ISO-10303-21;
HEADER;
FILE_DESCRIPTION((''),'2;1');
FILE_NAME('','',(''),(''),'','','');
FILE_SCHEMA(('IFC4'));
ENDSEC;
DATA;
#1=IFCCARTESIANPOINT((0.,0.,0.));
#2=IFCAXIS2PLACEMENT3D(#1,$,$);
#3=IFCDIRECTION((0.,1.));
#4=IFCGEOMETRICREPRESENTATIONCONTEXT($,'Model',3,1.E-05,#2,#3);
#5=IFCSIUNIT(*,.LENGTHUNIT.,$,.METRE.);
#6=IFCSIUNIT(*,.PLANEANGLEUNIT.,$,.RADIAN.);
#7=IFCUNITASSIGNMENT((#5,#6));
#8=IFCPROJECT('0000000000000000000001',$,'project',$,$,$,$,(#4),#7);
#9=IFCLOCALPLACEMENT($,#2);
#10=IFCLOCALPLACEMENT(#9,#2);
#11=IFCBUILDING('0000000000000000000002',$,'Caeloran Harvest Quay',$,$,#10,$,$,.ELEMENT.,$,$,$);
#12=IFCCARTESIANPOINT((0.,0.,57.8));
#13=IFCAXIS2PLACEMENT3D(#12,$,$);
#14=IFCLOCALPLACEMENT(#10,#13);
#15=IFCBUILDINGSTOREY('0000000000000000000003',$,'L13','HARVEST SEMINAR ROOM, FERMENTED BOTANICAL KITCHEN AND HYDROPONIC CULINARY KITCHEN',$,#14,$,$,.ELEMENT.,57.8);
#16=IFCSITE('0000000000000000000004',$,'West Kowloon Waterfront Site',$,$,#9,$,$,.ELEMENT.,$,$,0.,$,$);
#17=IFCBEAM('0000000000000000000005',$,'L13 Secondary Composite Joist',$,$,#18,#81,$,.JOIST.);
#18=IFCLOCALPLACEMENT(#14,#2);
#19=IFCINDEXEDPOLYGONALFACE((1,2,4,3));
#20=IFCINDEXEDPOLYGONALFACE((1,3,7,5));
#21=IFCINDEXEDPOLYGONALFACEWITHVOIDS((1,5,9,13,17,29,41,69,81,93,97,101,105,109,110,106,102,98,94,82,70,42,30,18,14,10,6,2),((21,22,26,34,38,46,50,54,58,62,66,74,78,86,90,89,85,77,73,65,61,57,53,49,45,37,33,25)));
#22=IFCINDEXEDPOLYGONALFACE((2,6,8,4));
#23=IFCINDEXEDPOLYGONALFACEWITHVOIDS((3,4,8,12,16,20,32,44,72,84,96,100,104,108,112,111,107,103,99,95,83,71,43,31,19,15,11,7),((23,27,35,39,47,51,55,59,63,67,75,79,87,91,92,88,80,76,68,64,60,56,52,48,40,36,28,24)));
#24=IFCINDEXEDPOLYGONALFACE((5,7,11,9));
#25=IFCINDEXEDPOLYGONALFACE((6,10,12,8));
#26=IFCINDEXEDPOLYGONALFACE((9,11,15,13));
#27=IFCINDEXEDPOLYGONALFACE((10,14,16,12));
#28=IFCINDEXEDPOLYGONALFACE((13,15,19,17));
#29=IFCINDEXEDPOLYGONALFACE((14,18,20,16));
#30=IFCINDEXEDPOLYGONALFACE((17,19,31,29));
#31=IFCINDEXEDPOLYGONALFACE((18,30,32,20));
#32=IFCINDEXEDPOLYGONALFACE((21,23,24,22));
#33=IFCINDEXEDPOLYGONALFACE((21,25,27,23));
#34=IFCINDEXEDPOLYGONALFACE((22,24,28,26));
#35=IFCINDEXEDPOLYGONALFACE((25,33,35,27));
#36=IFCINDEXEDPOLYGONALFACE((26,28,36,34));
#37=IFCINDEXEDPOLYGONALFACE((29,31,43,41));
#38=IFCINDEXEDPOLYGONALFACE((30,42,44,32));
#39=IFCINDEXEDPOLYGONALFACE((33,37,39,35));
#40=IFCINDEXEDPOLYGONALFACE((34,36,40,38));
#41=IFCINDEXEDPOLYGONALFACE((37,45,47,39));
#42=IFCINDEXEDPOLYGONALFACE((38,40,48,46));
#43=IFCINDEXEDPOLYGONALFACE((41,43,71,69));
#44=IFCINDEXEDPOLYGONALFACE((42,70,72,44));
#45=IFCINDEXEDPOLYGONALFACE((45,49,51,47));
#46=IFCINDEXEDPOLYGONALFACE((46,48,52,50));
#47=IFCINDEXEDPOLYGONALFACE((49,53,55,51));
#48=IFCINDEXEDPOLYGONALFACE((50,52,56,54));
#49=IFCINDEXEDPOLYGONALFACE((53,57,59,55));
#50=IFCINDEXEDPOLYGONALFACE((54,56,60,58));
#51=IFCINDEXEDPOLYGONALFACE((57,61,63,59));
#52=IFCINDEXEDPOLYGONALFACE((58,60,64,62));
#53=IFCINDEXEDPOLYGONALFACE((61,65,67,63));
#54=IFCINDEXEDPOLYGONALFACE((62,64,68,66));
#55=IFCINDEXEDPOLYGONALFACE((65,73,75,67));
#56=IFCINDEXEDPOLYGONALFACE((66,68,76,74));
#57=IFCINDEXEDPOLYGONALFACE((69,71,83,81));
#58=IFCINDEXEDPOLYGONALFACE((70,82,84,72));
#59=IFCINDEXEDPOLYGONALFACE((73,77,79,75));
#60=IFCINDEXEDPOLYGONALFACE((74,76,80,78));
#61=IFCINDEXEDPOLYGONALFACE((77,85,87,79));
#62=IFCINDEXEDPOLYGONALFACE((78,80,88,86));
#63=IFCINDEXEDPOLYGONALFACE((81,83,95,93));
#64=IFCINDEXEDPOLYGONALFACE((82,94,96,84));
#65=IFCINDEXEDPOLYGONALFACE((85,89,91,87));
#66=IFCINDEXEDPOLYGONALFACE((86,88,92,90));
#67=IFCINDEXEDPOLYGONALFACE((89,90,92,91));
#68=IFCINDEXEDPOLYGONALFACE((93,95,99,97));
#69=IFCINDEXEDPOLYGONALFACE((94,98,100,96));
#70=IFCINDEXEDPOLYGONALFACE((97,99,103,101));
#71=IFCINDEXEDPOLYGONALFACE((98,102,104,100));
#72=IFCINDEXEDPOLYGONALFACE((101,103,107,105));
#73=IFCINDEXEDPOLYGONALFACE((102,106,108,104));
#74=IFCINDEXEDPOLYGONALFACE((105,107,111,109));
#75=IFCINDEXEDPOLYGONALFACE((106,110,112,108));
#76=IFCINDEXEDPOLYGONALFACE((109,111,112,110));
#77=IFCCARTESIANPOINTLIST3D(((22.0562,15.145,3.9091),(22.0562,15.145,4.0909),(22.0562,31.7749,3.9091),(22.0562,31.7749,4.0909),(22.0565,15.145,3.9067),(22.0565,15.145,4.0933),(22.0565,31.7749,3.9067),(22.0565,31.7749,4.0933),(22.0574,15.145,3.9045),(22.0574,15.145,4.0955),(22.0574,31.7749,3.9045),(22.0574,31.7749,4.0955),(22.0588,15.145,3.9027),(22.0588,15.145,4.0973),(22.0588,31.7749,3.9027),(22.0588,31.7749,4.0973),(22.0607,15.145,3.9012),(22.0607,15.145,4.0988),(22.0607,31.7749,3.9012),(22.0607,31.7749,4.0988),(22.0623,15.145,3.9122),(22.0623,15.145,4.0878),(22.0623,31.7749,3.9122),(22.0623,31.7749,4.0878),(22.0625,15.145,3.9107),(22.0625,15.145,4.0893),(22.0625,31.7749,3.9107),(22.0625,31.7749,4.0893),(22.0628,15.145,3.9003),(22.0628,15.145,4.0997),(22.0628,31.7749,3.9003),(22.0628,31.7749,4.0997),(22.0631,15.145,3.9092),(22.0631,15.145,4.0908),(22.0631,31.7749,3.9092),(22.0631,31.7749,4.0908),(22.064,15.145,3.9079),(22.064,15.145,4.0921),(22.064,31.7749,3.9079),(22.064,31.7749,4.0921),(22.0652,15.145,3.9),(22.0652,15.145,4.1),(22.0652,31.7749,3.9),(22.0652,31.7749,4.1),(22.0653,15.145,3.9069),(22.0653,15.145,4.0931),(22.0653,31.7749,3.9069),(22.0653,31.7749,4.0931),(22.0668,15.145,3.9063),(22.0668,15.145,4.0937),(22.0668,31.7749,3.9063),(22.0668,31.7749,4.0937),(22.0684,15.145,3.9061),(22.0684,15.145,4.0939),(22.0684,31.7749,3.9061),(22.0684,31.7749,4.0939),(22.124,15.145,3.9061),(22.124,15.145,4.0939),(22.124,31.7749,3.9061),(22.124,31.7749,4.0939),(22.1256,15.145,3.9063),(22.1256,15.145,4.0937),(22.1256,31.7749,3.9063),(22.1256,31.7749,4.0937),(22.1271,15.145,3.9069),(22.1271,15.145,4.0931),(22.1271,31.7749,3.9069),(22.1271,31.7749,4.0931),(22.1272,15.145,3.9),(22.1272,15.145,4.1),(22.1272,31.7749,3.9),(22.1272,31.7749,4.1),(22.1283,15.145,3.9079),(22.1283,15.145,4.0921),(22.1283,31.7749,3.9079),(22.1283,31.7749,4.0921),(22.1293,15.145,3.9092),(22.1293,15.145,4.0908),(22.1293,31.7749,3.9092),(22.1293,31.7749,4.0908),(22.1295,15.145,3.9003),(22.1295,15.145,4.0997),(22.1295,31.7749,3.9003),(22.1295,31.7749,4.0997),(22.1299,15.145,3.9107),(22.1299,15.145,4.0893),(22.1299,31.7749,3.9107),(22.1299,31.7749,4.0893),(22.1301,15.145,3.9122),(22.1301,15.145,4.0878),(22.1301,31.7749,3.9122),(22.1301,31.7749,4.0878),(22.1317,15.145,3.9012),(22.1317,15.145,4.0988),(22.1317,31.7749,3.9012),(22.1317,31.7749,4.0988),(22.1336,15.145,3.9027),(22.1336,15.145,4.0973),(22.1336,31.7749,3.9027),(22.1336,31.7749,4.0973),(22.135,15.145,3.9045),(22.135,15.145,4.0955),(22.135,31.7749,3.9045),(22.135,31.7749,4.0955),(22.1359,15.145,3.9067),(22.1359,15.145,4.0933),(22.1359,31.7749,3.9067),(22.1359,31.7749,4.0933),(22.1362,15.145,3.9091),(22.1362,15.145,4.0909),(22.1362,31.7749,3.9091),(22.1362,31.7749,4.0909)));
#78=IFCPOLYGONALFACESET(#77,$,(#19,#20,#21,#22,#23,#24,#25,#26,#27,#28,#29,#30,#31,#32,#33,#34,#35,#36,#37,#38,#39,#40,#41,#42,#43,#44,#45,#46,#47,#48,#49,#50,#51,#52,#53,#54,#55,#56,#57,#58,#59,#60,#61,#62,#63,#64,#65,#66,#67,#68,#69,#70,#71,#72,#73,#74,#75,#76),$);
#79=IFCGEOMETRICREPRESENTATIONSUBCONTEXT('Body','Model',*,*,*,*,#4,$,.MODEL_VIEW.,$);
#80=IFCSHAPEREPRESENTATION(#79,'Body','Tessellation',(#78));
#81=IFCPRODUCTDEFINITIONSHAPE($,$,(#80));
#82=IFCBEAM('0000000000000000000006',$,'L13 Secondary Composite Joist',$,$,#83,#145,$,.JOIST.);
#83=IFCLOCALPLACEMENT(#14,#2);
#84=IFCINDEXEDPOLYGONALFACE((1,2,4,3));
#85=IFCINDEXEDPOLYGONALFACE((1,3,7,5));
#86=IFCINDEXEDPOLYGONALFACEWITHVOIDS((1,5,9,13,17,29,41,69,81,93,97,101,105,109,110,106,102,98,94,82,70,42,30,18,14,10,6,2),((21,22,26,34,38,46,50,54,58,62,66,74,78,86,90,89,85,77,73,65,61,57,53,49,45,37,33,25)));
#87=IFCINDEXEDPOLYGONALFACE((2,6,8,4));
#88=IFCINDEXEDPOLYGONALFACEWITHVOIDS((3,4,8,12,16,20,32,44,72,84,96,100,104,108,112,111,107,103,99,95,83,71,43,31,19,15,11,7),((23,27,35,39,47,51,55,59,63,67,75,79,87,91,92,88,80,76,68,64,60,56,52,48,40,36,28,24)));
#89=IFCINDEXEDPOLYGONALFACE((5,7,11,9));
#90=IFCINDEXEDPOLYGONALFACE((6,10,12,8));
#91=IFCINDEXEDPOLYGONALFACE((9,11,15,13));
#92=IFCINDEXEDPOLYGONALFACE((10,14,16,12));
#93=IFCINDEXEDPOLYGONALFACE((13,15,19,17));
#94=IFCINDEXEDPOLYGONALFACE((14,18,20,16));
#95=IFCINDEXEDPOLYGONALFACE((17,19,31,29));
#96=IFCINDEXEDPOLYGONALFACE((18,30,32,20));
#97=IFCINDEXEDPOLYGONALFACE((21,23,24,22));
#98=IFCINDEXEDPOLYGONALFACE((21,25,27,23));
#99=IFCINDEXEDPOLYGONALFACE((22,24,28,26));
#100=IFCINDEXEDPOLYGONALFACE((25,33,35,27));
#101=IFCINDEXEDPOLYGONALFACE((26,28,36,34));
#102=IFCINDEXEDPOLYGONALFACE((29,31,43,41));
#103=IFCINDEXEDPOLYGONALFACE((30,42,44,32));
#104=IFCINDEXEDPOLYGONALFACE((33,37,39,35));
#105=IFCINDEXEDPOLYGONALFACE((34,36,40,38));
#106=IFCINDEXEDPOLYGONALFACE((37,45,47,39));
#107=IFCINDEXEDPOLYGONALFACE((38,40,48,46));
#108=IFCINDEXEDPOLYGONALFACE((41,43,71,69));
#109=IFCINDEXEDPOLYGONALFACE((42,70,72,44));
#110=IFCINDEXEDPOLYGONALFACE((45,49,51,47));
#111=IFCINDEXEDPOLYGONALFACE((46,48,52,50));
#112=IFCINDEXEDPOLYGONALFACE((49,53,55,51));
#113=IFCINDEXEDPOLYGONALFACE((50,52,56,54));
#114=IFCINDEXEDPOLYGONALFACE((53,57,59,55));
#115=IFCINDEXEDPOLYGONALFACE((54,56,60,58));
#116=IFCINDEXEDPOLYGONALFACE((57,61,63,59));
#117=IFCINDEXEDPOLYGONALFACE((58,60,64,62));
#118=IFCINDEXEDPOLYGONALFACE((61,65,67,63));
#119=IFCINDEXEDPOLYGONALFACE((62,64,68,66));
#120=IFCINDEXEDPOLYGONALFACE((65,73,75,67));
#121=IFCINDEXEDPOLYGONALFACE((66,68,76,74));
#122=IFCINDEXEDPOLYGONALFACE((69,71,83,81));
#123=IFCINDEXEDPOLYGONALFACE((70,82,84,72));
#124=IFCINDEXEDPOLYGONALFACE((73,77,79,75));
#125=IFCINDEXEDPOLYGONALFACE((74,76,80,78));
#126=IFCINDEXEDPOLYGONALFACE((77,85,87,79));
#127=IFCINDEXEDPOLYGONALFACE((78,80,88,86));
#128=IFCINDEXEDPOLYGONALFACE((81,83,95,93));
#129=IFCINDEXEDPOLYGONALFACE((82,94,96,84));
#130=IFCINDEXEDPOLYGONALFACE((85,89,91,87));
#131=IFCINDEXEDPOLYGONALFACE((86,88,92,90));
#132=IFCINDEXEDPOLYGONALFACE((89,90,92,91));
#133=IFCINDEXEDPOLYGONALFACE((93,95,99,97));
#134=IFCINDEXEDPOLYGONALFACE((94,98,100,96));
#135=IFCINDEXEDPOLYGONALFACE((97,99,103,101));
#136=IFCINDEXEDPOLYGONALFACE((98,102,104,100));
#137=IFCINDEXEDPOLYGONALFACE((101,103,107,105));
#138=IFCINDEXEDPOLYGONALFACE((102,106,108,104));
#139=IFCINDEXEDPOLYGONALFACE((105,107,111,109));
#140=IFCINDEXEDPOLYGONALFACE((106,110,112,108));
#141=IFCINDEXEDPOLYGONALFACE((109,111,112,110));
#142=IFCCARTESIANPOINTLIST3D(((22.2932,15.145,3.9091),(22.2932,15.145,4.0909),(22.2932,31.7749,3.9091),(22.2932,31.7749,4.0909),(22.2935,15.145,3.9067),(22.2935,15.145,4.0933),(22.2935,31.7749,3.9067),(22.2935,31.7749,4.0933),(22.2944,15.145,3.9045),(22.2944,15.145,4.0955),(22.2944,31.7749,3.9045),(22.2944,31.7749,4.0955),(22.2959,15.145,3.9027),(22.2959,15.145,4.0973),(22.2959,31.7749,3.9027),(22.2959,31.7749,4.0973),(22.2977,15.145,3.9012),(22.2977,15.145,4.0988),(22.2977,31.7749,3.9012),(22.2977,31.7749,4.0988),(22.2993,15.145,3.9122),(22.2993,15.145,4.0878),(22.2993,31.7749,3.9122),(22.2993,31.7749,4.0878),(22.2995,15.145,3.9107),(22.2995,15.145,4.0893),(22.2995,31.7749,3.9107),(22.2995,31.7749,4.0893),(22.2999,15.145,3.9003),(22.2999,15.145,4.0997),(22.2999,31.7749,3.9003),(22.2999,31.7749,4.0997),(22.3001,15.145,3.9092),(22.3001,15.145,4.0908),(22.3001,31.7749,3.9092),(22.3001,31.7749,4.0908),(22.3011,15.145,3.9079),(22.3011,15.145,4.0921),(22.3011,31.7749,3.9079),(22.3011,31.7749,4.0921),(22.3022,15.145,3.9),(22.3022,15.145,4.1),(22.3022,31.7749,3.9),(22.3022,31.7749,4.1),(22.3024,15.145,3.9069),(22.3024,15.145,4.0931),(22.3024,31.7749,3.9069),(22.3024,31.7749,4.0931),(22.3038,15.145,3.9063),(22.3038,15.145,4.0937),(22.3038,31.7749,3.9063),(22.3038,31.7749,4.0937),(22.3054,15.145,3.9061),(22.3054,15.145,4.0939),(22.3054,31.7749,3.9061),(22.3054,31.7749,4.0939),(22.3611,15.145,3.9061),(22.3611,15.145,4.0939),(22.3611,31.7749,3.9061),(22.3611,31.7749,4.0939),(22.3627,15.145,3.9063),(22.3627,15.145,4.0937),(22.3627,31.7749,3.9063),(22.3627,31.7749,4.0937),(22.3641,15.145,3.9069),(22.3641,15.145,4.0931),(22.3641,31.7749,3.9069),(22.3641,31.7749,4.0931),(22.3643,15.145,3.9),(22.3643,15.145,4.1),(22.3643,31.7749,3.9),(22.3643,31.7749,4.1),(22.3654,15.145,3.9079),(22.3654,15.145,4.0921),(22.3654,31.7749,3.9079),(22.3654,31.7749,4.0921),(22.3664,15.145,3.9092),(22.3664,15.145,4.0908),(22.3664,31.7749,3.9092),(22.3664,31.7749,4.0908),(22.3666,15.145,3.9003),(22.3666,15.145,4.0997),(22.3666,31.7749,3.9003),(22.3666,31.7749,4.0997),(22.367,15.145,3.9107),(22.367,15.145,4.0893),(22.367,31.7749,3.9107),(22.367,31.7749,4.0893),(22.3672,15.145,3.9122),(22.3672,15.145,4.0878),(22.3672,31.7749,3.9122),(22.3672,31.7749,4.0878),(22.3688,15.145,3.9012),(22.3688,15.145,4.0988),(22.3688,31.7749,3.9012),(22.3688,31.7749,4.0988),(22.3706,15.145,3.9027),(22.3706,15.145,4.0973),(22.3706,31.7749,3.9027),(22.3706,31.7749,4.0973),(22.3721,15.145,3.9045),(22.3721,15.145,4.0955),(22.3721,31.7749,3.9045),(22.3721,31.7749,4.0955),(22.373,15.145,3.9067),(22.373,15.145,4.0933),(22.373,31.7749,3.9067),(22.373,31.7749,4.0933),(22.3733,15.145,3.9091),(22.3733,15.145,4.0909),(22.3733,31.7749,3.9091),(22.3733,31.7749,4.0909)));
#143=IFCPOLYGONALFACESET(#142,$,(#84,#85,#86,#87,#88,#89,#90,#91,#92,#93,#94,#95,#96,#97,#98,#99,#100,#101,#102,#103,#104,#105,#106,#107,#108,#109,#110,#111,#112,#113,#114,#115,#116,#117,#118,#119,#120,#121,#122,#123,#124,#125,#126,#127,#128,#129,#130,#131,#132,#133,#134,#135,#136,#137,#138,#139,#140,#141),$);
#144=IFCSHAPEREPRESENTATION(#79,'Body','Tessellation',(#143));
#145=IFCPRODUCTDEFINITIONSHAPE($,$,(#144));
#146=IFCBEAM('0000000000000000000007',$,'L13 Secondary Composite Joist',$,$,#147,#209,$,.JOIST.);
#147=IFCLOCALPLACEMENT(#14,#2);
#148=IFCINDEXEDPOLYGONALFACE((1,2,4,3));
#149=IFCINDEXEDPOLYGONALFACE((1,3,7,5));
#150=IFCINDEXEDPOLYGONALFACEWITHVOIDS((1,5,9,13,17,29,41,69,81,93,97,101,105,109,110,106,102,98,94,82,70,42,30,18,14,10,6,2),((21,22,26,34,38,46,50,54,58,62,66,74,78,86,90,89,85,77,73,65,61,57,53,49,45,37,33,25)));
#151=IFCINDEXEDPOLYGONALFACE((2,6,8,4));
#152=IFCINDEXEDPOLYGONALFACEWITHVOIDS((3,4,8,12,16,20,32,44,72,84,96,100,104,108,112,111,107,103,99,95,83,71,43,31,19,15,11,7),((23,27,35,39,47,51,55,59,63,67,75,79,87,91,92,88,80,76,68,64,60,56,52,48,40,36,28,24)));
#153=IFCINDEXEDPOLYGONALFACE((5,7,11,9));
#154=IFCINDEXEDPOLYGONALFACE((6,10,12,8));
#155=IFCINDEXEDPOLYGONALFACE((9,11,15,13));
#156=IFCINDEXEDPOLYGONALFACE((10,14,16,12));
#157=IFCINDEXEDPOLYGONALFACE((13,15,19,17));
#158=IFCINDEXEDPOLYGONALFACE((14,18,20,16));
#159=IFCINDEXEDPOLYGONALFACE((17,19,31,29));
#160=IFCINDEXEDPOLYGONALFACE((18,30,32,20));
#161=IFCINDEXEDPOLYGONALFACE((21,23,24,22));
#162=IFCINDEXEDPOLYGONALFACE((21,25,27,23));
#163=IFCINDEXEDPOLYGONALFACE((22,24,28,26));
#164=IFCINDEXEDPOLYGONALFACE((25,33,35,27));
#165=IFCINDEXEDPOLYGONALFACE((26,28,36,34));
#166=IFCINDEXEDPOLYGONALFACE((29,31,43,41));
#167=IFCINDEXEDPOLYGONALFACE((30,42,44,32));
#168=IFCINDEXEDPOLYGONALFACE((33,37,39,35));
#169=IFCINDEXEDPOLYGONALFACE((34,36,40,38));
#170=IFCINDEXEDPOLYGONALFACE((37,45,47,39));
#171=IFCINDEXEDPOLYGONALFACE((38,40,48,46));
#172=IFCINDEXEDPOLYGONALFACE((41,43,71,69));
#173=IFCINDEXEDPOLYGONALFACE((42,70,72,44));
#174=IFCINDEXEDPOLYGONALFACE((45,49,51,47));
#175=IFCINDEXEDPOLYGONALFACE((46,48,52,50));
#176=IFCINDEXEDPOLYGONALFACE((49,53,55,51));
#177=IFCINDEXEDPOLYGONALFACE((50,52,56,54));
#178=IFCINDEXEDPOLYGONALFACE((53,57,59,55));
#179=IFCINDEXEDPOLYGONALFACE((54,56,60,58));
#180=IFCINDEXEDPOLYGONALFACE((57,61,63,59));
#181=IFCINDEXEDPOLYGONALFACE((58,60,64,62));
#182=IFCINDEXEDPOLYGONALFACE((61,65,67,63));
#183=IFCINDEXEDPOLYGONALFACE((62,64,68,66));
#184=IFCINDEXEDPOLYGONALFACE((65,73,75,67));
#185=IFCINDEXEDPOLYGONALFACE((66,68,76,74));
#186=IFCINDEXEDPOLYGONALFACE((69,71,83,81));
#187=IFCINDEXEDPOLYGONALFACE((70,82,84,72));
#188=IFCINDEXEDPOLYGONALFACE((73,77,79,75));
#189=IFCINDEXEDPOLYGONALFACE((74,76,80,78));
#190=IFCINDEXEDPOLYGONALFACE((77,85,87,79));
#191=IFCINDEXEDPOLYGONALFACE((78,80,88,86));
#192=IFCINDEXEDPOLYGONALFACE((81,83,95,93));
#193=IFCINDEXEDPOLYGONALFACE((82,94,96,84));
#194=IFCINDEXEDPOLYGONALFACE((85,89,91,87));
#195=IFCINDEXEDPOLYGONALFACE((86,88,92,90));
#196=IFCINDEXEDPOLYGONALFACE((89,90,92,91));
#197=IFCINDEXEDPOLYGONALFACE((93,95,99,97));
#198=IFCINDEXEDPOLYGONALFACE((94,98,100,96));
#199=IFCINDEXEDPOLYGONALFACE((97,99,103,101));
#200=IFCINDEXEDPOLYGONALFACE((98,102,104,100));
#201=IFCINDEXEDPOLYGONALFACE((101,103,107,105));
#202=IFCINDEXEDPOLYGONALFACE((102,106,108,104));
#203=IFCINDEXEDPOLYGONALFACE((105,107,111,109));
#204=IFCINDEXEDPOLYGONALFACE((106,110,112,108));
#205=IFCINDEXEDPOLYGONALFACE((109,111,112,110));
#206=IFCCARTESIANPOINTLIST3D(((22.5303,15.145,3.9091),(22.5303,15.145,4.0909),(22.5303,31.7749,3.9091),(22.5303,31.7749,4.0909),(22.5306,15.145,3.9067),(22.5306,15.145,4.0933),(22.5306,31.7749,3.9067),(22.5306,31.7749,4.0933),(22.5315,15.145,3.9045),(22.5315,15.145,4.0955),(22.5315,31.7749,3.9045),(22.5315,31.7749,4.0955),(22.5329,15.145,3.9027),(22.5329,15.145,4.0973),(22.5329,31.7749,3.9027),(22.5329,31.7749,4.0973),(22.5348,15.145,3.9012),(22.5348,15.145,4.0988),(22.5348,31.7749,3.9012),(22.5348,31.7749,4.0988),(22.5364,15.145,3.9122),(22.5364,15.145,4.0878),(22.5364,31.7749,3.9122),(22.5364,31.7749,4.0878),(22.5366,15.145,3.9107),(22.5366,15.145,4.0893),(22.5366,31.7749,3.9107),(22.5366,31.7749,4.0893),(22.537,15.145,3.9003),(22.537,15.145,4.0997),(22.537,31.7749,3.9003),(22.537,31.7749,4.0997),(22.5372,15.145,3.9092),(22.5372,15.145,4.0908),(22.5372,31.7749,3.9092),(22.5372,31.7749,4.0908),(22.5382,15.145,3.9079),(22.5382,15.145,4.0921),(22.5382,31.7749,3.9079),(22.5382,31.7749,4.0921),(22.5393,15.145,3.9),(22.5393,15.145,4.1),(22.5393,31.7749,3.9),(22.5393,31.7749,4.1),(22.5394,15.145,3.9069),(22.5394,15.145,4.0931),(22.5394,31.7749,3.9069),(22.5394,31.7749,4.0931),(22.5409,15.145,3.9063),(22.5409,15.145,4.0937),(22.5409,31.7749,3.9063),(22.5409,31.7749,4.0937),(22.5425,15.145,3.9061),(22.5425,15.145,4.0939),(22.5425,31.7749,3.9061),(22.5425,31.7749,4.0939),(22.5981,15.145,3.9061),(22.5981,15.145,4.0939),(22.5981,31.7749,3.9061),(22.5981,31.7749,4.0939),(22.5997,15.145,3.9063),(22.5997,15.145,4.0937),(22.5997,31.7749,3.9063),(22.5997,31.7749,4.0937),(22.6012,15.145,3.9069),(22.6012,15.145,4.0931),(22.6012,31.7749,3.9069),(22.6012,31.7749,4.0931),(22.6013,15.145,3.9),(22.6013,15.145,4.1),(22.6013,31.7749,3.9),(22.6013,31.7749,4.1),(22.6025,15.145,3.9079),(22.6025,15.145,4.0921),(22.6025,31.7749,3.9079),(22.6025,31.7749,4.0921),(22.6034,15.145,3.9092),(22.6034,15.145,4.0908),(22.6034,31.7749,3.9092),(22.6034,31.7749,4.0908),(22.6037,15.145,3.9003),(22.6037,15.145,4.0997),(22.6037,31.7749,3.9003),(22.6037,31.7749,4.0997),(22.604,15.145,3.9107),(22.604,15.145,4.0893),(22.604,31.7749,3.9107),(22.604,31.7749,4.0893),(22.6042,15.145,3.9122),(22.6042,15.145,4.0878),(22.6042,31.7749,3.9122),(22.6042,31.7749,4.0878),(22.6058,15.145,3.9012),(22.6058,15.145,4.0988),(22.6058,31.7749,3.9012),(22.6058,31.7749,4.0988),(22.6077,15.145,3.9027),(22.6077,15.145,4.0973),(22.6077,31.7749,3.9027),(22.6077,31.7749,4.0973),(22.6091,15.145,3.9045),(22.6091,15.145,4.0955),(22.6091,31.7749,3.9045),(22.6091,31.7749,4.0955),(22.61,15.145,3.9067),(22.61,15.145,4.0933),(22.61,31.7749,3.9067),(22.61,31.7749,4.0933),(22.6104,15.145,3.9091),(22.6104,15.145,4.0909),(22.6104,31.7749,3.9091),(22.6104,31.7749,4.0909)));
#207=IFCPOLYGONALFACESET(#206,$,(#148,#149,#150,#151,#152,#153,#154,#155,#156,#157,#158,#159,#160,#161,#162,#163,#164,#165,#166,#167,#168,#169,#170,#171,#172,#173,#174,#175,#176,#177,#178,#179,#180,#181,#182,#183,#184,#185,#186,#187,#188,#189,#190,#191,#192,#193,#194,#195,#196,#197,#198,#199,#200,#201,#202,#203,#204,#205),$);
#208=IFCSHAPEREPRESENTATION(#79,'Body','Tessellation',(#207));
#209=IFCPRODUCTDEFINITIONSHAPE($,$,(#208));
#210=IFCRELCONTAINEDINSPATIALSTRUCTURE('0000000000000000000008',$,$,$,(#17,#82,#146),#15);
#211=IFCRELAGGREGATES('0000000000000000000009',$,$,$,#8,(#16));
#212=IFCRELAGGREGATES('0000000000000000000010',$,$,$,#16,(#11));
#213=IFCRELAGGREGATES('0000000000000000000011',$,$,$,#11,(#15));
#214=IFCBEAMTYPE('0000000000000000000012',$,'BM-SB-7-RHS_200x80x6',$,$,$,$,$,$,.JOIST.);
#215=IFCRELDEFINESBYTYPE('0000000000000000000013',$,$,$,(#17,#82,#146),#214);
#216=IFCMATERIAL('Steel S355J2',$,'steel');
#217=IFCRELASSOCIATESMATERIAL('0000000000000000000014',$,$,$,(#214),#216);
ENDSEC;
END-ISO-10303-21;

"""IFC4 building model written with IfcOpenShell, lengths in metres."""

from ifc_helpers import new_model, si_unit, direction, frame, origin, origin_2d, place, context, subcontext, project, spatial, hollow_rectangle, extrude, material, material_profile, profile_set, type_object, element, save


model = new_model("IFC4")

# Units and contexts
model_context = context("Model", 3, precision=1e-05, world=origin(), true_north=direction((0.0, 1.0)))
body_context = subcontext(model_context, "Body", "Model", "MODEL_VIEW")
ifc_project = project(units=[si_unit("LENGTHUNIT", "METRE"), si_unit("PLANEANGLEUNIT", "RADIAN")], contexts=[model_context])

# Site, building, storey
site_placement = place(None, origin())
site = spatial("IfcSite", under=ifc_project, at=site_placement, Name="West Kowloon Waterfront Site", CompositionType="ELEMENT", RefElevation=0.0)
building_placement = place(site_placement, origin())
building = spatial("IfcBuilding", under=site, at=building_placement, Name="Caeloran Harvest Quay", CompositionType="ELEMENT")
storey_placement = place(building_placement, frame((0.0, 0.0, 57.8)))
storey = spatial("IfcBuildingStorey", under=building, at=storey_placement, Name="L13", Description="HARVEST SEMINAR ROOM, FERMENTED BOTANICAL KITCHEN AND HYDROPONIC CULINARY KITCHEN", CompositionType="ELEMENT", Elevation=57.8)

# Beams
ifc_material_1 = material(Name="Steel S355J2", Category="steel")
ifc_material_profile_1 = material_profile(ifc_material_1, hollow_rectangle(XDim=0.0801, YDim=0.2, WallThickness=0.0061, InnerFilletRadius=0.0061, OuterFilletRadius=0.009, at=origin_2d()), Name="RHS 200x80x6")
ifc_profile_set_1 = profile_set([ifc_material_profile_1], Name="Steel S355J2")
beam_type_1 = type_object("IfcBeamType", Name="BM-SB-7-RHS_200x80x6", PredefinedType="JOIST", material=ifc_profile_set_1)
for number, where, z_axis, x_axis, name in (
    (1, (22.0962, 15.145, 4.0), (0.0, 1.0, 0.0), (-1.0, 0.0, 0.0), "L13 Secondary Composite Joist"),
    (2, (22.3333, 15.145, 4.0), (0.0, 1.0, 0.0), (-1.0, 0.0, 0.0), "L13 Secondary Composite Joist"),
    (3, (22.5703, 15.145, 4.0), (0.0, 1.0, 0.0), (-1.0, 0.0, 0.0), "L13 Secondary Composite Joist"),
):
    element("IfcBeam", number, at=place(storey_placement, frame(where, z_axis=z_axis, x_axis=x_axis)), inside=storey, type_object=beam_type_1, Name=name, PredefinedType="JOIST", context=body_context, shape_type="SweptSolid", body=[
        extrude(hollow_rectangle(XDim=0.0801, YDim=0.2, WallThickness=0.0061, InnerFilletRadius=0.0061, OuterFilletRadius=0.009, at=origin_2d()), origin(), (0.0, 0.0, 1.0), 16.6299),
    ])

save(model, "model.ifc")
